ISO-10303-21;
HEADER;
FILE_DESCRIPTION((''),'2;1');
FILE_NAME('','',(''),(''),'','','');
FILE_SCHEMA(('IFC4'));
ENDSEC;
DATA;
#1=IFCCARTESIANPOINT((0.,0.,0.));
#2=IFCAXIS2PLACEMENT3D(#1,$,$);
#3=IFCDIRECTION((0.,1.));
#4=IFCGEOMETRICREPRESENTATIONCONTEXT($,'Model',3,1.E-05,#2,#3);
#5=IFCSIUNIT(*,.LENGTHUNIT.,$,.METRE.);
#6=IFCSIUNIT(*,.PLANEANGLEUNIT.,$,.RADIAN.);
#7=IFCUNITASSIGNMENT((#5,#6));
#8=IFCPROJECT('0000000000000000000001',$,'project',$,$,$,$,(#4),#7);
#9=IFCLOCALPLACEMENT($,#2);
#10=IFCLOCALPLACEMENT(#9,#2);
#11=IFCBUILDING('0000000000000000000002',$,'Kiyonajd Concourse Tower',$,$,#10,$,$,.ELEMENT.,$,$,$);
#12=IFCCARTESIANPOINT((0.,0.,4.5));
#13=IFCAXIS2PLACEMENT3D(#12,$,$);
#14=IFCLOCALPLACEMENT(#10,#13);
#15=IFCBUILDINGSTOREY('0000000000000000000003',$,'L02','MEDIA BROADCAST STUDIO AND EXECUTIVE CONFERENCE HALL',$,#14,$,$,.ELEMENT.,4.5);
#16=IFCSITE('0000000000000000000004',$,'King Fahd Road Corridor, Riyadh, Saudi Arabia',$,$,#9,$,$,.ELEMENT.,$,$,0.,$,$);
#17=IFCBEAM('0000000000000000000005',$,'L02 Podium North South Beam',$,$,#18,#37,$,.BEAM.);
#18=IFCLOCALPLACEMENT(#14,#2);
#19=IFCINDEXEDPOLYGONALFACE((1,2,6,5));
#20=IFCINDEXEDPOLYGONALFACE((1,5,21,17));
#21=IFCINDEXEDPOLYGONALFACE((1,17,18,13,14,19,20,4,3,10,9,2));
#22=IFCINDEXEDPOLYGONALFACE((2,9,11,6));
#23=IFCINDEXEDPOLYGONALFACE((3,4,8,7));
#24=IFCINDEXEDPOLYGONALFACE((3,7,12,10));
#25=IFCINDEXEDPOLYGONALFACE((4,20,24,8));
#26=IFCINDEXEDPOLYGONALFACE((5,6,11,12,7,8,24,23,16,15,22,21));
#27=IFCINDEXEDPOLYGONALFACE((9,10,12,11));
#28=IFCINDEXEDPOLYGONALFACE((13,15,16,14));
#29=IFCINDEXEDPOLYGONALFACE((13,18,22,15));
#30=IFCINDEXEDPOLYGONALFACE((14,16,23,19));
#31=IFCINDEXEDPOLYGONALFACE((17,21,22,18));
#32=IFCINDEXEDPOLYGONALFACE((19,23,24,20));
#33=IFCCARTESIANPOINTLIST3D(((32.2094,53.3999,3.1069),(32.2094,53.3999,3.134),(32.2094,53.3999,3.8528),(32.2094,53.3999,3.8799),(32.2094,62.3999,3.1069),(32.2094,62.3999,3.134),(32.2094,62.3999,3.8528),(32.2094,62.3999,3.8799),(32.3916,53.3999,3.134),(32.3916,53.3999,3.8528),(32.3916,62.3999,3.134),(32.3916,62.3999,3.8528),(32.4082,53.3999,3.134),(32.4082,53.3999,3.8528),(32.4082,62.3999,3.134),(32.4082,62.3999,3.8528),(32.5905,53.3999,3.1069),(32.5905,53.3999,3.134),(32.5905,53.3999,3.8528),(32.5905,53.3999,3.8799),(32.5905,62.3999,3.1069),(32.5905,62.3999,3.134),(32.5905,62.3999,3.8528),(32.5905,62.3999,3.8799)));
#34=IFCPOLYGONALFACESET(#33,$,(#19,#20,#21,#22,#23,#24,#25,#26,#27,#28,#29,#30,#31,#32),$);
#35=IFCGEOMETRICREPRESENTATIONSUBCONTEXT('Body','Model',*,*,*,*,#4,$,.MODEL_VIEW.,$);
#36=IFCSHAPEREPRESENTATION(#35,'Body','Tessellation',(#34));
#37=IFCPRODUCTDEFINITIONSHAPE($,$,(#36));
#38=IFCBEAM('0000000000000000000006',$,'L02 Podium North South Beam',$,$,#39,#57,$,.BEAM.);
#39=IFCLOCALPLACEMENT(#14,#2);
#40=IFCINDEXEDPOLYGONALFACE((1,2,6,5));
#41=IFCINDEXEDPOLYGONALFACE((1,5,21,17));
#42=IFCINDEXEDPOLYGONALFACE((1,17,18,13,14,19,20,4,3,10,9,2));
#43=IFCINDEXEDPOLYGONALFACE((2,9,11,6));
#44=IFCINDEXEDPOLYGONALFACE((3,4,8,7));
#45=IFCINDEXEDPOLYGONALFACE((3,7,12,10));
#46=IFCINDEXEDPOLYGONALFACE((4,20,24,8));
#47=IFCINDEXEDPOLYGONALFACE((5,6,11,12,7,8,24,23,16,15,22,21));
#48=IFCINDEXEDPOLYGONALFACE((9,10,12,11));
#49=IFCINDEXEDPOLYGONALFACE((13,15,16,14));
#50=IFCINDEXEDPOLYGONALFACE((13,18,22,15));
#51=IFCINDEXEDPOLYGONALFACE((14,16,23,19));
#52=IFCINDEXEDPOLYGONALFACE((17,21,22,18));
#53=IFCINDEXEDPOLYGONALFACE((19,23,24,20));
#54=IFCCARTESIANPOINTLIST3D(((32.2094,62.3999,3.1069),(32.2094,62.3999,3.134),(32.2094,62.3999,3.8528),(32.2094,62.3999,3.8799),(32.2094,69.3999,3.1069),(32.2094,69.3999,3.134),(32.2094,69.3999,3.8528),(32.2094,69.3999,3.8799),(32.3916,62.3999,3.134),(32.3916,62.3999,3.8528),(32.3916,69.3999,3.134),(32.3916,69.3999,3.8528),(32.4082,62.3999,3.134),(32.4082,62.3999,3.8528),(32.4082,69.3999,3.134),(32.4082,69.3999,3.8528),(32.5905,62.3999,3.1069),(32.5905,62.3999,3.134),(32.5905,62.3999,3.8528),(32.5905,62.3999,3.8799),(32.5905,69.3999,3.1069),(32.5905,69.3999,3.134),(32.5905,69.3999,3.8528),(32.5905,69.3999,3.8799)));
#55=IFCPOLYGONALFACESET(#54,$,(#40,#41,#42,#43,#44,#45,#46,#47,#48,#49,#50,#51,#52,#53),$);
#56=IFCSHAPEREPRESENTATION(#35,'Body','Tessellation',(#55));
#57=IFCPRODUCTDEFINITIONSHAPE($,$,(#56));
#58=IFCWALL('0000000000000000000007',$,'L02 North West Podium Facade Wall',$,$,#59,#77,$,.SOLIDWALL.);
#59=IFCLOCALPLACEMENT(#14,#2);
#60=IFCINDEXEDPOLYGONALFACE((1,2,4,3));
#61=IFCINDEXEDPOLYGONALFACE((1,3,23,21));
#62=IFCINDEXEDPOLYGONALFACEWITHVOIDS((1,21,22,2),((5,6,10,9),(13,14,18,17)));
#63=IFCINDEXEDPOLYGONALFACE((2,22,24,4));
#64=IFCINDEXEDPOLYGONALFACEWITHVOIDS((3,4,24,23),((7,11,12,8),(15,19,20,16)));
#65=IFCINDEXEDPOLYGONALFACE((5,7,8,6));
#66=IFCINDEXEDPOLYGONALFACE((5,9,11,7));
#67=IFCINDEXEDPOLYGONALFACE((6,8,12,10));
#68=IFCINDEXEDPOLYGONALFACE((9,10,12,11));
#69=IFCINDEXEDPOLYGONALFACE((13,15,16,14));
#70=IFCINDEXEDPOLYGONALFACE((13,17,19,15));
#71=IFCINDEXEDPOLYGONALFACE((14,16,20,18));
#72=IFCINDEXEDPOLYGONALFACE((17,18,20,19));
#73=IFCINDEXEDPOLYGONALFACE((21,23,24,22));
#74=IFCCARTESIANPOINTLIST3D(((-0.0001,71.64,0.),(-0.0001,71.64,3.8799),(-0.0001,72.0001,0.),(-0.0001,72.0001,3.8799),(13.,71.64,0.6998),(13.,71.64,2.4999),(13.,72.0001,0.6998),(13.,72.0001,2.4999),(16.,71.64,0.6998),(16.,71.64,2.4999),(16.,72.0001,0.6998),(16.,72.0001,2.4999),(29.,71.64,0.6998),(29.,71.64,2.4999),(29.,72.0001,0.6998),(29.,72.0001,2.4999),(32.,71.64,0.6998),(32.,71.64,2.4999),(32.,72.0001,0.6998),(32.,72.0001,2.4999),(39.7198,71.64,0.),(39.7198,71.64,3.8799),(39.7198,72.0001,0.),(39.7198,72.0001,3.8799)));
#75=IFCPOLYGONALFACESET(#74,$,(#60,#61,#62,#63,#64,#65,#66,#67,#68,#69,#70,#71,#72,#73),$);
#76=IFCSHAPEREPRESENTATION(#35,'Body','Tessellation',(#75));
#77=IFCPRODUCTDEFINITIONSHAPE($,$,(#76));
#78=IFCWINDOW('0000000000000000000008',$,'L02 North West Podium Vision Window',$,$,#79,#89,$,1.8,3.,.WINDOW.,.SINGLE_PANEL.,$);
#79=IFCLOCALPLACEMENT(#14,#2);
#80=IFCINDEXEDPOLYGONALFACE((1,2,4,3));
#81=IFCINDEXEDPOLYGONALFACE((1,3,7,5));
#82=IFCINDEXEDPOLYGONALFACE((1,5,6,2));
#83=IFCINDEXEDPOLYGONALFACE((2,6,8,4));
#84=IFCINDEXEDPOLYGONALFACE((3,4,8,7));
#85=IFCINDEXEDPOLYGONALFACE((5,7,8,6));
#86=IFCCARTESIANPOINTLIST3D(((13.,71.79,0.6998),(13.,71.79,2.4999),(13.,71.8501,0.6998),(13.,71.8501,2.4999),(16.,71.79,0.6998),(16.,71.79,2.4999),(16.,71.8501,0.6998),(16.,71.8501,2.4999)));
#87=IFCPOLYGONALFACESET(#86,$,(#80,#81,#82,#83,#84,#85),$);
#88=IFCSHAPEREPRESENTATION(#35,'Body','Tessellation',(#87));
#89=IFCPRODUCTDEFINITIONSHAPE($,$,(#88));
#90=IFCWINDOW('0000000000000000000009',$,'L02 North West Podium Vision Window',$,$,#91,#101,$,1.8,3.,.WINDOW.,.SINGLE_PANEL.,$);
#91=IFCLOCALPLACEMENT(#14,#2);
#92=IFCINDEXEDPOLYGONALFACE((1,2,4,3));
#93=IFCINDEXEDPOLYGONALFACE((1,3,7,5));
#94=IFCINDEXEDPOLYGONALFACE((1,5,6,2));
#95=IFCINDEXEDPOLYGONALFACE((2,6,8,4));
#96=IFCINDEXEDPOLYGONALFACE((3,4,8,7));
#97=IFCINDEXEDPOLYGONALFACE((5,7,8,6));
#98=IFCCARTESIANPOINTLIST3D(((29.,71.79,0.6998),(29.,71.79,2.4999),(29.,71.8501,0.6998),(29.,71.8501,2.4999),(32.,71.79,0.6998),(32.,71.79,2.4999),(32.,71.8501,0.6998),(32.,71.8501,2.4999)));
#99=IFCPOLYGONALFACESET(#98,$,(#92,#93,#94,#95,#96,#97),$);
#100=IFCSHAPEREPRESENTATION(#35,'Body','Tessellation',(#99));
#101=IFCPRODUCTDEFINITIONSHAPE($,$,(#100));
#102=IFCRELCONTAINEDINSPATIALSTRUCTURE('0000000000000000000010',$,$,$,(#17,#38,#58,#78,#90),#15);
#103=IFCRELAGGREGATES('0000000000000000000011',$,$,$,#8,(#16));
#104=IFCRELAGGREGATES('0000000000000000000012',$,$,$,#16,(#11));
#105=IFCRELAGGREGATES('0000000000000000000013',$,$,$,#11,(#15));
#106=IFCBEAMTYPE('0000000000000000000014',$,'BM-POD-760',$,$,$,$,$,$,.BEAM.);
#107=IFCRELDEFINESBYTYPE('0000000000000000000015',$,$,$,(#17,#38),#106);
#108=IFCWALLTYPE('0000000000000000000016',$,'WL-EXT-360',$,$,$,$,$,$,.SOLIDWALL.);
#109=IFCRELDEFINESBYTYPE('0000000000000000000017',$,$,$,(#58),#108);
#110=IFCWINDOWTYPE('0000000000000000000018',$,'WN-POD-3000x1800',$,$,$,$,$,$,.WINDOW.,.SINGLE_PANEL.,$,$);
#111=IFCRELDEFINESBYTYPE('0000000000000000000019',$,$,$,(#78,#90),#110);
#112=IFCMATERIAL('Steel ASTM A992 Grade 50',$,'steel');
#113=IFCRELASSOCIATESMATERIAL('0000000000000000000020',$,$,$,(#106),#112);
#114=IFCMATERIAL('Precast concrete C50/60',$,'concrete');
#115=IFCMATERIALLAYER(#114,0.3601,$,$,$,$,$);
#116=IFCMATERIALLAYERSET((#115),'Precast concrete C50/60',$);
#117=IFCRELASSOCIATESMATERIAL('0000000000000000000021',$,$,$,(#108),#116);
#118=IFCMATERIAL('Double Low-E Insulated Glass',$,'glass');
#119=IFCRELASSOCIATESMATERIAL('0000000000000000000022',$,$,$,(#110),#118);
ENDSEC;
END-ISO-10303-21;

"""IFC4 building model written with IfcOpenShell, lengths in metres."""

from ifc_helpers import new_model, si_unit, direction, frame, frame_2d, origin, origin_2d, place, context, subcontext, project, spatial, rectangle, i_section, extrude, material, layer, layer_set, material_profile, profile_set, type_object, element, fill, save


model = new_model("IFC4")

# Units and contexts
model_context = context("Model", 3, precision=1e-05, world=origin(), true_north=direction((0.0, 1.0)))
body_context = subcontext(model_context, "Body", "Model", "MODEL_VIEW")
ifc_project = project(units=[si_unit("LENGTHUNIT", "METRE"), si_unit("PLANEANGLEUNIT", "RADIAN")], contexts=[model_context])

# Site, building, storey
site_placement = place(None, origin())
site = spatial("IfcSite", under=ifc_project, at=site_placement, Name="King Fahd Road Corridor, Riyadh, Saudi Arabia", CompositionType="ELEMENT", RefElevation=0.0)
building_placement = place(site_placement, origin())
building = spatial("IfcBuilding", under=site, at=building_placement, Name="Kiyonajd Concourse Tower", CompositionType="ELEMENT")
storey_placement = place(building_placement, frame((0.0, 0.0, 4.5)))
storey = spatial("IfcBuildingStorey", under=building, at=storey_placement, Name="L02", Description="MEDIA BROADCAST STUDIO AND EXECUTIVE CONFERENCE HALL", CompositionType="ELEMENT", Elevation=4.5)

# Beams
ifc_material_1 = material(Name="Steel ASTM A992 Grade 50", Category="steel")
ifc_material_profile_1 = material_profile(ifc_material_1, i_section(OverallWidth=0.3811, OverallDepth=0.7729, WebThickness=0.0166, FlangeThickness=0.0271, at=origin_2d()), Name="W760X257")
ifc_profile_set_1 = profile_set([ifc_material_profile_1], Name="Steel ASTM A992 Grade 50")
beam_type_1 = type_object("IfcBeamType", Name="BM-POD-760", PredefinedType="BEAM", material=ifc_profile_set_1)
beam_1_placement = place(storey_placement, frame((32.3999, 53.3999, 3.4934), z_axis=(0.0, 1.0, 0.0), x_axis=(-1.0, 0.0, 0.0)))
element("IfcBeam", 1, at=beam_1_placement, inside=storey, type_object=beam_type_1, Name="L02 Podium North South Beam", PredefinedType="BEAM", context=body_context, shape_type="SweptSolid", body=[
    extrude(i_section(OverallWidth=0.3811, OverallDepth=0.7729, WebThickness=0.0166, FlangeThickness=0.0271, at=origin_2d()), origin(), (0.0, 0.0, 1.0), 9.0),
])
beam_2_placement = place(storey_placement, frame((32.3999, 62.3999, 3.4934), z_axis=(0.0, 1.0, 0.0), x_axis=(-1.0, 0.0, 0.0)))
element("IfcBeam", 2, at=beam_2_placement, inside=storey, type_object=beam_type_1, Name="L02 Podium North South Beam", PredefinedType="BEAM", context=body_context, shape_type="SweptSolid", body=[
    extrude(i_section(OverallWidth=0.3811, OverallDepth=0.7729, WebThickness=0.0166, FlangeThickness=0.0271, at=origin_2d()), origin(), (0.0, 0.0, 1.0), 7.0),
])

# Wall, openings, windows
ifc_material_2 = material(Name="Precast concrete C50/60", Category="concrete")
ifc_layer = layer(ifc_material_2, 0.3601)
ifc_layer_set = layer_set([ifc_layer], Name="Precast concrete C50/60")
wall_type = type_object("IfcWallType", Name="WL-EXT-360", PredefinedType="SOLIDWALL", material=ifc_layer_set)
wall_placement = place(storey_placement, frame((0.0, 71.8201, 0.0), z_axis=(0.0, 0.0, 1.0), x_axis=(1.0, 0.0, 0.0)))
wall = element("IfcWall", 3, at=wall_placement, inside=storey, type_object=wall_type, Name="L02 North West Podium Facade Wall", PredefinedType="SOLIDWALL", context=body_context, shape_type="SweptSolid", body=[
    extrude(rectangle(XDim=39.72, YDim=0.3601, at=frame_2d((19.8599, 0.0))), origin(), (0.0, 0.0, 1.0), 3.8799),
])
opening_1_placement = place(wall_placement, frame((13.0, 0.0, 0.7)))
opening_1 = element("IfcOpeningElement", 4, at=opening_1_placement, cuts=wall, PredefinedType="OPENING", context=body_context, shape_type="SweptSolid", body=[
    extrude(rectangle(XDim=3.0, YDim=1.8, at=frame_2d((1.5, 0.8999))), frame((0.0, 0.1899, 0.0), z_axis=(0.0, -1.0, 0.0), x_axis=(1.0, 0.0, 0.0)), (0.0, 0.0, 1.0), 0.3801),
])
opening_2_placement = place(wall_placement, frame((29.0, 0.0, 0.7)))
opening_2 = element("IfcOpeningElement", 5, at=opening_2_placement, cuts=wall, PredefinedType="OPENING", context=body_context, shape_type="SweptSolid", body=[
    extrude(rectangle(XDim=3.0, YDim=1.8, at=frame_2d((1.5, 0.8999))), frame((0.0, 0.1899, 0.0), z_axis=(0.0, -1.0, 0.0), x_axis=(1.0, 0.0, 0.0)), (0.0, 0.0, 1.0), 0.3801),
])
ifc_material_3 = material(Name="Double Low-E Insulated Glass", Category="glass")
window_type = type_object("IfcWindowType", Name="WN-POD-3000x1800", PartitioningType="SINGLE_PANEL", PredefinedType="WINDOW", material=ifc_material_3)
window_1_placement = place(opening_1_placement, origin())
window_1 = element("IfcWindow", 6, at=window_1_placement, inside=storey, type_object=window_type, Name="L02 North West Podium Vision Window", OverallHeight=1.8, OverallWidth=3.0, PartitioningType="SINGLE_PANEL", PredefinedType="WINDOW", context=body_context, shape_type="SweptSolid", body=[
    extrude(rectangle(XDim=3.0, YDim=1.8, at=frame_2d((1.5, 0.8999))), frame((0.0, 0.03, 0.0), z_axis=(0.0, -1.0, 0.0), x_axis=(1.0, 0.0, 0.0)), (0.0, 0.0, 1.0), 0.0601),
])
fill(opening_1, window_1)
window_2_placement = place(opening_2_placement, origin())
window_2 = element("IfcWindow", 7, at=window_2_placement, inside=storey, type_object=window_type, Name="L02 North West Podium Vision Window", OverallHeight=1.8, OverallWidth=3.0, PartitioningType="SINGLE_PANEL", PredefinedType="WINDOW", context=body_context, shape_type="SweptSolid", body=[
    extrude(rectangle(XDim=3.0, YDim=1.8, at=frame_2d((1.5, 0.8999))), frame((0.0, 0.03, 0.0), z_axis=(0.0, -1.0, 0.0), x_axis=(1.0, 0.0, 0.0)), (0.0, 0.0, 1.0), 0.0601),
])
fill(opening_2, window_2)

save(model, "model.ifc")
